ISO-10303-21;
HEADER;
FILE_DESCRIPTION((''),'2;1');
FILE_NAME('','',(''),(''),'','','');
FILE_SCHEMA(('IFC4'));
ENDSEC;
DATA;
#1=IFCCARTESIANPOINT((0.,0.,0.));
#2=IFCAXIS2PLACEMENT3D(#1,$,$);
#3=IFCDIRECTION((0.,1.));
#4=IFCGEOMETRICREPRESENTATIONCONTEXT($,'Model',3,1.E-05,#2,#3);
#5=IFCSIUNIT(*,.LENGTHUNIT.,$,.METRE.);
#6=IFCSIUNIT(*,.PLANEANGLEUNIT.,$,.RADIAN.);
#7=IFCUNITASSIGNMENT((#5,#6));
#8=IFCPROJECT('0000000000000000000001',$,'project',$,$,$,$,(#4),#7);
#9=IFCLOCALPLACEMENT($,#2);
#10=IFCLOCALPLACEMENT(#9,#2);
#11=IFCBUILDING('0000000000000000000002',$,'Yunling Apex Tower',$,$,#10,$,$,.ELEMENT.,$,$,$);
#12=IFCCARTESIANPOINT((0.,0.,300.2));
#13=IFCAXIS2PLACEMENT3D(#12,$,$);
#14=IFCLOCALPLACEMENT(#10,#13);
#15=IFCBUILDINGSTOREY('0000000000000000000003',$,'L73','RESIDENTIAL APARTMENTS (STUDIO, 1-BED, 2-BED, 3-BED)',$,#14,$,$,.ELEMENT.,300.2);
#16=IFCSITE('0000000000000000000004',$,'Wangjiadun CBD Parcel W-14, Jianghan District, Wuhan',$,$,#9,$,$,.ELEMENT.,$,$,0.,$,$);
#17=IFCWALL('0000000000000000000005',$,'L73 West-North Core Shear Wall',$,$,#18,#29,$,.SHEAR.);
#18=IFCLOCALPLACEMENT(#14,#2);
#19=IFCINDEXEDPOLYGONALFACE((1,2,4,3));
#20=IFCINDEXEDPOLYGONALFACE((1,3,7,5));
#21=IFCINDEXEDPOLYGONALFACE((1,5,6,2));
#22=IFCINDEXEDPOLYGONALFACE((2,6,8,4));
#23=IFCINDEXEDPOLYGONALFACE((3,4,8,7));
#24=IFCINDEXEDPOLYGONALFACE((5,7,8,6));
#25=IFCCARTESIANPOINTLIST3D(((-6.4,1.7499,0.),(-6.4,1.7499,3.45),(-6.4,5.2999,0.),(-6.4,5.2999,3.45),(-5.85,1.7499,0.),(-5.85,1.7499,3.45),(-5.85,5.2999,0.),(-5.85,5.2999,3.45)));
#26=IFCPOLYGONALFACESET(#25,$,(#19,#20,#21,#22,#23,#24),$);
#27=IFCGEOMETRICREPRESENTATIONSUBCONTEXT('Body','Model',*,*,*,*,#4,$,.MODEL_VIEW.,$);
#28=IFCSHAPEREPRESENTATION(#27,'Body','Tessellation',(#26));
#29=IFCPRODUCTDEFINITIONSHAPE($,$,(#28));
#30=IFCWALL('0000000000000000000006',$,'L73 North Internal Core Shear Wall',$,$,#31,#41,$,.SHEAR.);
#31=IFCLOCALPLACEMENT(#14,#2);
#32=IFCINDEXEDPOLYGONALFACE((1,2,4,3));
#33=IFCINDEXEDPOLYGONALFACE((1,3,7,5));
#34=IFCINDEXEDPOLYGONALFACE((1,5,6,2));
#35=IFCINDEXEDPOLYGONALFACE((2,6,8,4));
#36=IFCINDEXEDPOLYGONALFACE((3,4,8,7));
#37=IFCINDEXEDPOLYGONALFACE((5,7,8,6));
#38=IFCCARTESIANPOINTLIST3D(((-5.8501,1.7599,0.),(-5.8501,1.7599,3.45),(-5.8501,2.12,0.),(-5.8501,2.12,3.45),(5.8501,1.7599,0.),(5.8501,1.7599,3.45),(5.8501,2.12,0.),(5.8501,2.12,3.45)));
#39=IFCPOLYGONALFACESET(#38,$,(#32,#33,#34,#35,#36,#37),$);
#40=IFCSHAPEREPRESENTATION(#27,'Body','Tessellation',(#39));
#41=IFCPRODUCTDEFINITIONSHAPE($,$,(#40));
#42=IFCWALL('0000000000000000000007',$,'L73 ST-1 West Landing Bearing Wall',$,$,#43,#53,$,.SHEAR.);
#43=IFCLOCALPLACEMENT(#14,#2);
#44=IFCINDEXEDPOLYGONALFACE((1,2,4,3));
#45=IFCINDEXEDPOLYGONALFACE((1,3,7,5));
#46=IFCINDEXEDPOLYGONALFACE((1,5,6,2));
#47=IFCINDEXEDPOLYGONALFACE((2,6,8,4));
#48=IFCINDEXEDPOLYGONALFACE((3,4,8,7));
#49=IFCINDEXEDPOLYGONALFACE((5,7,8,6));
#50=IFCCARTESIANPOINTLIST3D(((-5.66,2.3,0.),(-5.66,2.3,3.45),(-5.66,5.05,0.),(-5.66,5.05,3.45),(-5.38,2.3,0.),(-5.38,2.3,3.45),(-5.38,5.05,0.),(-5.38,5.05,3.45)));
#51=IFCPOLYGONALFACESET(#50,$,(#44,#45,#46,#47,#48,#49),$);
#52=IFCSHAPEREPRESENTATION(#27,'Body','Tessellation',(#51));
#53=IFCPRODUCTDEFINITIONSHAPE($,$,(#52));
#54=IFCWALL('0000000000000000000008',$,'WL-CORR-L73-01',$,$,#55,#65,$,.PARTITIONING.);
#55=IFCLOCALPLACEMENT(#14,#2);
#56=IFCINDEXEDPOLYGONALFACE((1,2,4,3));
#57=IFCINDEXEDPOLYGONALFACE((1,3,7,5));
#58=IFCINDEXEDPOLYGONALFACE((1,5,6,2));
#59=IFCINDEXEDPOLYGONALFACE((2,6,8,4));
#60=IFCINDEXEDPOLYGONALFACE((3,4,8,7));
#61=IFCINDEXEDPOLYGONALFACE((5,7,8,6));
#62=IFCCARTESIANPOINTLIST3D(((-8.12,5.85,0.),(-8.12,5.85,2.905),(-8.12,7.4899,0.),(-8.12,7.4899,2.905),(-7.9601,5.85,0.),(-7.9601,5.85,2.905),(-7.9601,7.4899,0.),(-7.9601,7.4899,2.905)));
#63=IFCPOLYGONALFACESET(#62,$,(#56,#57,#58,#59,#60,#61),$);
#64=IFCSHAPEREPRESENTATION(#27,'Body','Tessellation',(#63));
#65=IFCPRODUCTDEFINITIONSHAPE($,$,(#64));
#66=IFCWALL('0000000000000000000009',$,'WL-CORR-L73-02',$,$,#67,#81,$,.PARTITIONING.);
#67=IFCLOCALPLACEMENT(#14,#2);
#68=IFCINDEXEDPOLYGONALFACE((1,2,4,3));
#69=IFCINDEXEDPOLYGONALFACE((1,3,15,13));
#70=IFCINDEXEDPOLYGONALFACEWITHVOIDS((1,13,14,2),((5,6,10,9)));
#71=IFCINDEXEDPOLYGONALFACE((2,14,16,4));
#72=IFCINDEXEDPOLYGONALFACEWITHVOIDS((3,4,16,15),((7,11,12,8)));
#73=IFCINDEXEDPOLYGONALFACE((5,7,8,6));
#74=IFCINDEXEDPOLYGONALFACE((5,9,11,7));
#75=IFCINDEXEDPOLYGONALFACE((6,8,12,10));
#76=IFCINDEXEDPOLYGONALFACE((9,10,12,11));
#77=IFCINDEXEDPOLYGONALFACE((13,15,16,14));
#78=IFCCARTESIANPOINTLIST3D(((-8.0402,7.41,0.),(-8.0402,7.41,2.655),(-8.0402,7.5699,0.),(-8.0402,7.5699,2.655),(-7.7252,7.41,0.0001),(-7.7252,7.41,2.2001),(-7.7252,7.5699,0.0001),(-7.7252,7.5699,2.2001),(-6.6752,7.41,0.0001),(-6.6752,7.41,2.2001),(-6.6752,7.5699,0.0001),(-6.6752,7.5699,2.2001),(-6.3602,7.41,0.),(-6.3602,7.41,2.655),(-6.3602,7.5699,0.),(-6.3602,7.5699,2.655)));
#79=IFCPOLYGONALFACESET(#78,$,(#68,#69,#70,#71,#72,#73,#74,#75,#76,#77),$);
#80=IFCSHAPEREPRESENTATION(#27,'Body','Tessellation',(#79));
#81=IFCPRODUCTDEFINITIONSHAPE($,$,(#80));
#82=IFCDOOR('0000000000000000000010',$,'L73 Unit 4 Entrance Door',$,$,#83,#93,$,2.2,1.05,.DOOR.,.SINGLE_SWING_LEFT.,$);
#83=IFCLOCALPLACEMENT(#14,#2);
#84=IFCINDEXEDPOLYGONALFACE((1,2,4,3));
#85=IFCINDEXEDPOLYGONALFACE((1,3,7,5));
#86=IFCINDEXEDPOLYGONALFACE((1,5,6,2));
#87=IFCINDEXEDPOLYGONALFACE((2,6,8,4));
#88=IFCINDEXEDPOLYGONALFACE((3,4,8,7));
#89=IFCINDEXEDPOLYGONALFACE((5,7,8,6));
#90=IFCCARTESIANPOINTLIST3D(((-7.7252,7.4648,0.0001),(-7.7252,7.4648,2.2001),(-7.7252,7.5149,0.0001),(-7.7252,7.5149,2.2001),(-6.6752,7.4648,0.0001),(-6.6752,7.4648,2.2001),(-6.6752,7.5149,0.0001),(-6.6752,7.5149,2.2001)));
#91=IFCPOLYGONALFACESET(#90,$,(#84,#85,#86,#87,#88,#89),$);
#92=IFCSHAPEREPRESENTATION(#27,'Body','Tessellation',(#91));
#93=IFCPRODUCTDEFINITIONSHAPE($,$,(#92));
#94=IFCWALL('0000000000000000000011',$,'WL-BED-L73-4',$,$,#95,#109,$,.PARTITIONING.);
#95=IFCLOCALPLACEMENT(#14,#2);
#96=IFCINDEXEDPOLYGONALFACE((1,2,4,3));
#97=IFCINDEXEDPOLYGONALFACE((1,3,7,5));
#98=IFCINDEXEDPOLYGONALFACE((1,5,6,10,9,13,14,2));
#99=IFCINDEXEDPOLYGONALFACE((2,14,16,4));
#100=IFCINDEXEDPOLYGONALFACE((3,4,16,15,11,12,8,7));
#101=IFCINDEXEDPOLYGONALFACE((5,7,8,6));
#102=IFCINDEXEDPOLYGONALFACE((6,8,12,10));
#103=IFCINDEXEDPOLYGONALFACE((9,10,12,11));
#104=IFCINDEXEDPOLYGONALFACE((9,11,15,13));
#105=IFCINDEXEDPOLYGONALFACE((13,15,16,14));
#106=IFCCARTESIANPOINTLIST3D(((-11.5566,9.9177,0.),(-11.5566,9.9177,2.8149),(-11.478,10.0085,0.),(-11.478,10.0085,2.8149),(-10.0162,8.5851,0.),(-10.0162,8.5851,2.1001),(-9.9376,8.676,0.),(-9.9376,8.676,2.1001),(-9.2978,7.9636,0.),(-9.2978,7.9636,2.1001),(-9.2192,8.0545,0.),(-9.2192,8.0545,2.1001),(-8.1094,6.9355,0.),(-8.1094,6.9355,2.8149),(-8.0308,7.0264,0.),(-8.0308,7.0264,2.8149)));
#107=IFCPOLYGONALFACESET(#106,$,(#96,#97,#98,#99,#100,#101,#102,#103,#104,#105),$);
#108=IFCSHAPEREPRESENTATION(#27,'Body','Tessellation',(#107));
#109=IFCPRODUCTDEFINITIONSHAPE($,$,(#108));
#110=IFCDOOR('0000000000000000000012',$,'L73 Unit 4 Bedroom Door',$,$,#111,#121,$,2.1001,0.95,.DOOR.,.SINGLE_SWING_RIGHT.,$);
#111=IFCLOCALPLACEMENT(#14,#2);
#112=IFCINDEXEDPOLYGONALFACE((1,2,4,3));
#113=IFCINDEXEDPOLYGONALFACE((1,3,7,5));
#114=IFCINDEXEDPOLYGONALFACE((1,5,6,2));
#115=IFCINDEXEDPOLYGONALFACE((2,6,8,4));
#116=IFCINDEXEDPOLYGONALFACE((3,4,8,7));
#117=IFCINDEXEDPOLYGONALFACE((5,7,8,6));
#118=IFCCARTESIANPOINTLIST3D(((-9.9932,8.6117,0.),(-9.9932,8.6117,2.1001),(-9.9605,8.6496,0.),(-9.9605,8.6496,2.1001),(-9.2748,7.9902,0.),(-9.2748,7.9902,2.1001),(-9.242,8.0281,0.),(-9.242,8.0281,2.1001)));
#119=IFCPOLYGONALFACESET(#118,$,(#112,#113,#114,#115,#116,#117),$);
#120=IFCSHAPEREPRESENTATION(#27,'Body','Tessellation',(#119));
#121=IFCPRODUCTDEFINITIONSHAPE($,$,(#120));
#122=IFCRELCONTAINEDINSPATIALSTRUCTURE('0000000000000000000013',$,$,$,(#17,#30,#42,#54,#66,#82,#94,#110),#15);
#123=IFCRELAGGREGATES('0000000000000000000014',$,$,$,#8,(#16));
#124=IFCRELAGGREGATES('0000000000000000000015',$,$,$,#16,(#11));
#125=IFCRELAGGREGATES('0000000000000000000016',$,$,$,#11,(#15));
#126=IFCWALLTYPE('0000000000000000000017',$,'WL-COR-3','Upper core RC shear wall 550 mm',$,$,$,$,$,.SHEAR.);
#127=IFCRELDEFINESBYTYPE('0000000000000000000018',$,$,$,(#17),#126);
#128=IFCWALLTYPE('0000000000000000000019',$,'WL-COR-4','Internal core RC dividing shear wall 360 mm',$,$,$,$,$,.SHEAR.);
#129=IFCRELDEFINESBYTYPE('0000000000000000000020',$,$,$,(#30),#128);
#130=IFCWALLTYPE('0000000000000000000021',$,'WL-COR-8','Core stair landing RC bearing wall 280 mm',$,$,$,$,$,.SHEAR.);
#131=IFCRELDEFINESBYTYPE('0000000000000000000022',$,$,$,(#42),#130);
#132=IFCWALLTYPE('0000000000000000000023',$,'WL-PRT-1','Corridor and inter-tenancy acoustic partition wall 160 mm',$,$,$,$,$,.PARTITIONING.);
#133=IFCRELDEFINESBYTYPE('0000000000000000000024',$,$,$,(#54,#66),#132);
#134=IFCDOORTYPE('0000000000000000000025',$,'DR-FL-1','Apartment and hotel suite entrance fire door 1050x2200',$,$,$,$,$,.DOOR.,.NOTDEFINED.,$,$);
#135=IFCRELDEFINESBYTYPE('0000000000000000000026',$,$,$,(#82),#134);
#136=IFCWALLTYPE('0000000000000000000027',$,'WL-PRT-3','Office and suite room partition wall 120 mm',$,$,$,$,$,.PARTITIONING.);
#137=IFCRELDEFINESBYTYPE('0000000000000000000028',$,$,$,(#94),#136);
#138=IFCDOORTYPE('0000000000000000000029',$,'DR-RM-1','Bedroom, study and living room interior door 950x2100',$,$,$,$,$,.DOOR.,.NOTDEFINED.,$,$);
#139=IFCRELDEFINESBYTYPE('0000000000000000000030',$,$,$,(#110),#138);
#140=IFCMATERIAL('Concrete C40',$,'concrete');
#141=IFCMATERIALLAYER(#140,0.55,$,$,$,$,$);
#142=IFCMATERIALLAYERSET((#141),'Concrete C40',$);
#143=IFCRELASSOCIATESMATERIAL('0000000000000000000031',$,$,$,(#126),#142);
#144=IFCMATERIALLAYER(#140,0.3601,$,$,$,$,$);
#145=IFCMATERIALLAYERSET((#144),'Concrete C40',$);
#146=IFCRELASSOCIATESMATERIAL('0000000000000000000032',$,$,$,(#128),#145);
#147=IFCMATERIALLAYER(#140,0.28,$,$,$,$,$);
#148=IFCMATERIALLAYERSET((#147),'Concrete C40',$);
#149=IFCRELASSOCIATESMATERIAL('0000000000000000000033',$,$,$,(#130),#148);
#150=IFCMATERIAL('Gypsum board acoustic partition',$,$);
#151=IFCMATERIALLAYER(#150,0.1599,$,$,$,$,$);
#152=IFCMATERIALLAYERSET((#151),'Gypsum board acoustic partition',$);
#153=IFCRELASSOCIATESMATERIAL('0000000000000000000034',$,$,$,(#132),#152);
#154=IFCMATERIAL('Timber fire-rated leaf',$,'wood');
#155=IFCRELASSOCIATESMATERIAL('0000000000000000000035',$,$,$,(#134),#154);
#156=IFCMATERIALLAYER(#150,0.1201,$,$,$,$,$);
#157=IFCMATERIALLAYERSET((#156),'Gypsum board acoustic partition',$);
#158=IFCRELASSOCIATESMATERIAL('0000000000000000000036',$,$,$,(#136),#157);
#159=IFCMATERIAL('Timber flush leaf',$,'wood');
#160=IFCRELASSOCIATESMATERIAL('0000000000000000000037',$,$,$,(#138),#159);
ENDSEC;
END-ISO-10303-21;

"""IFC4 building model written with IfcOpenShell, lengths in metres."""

from ifc_helpers import new_model, si_unit, direction, frame, frame_2d, origin, place, context, subcontext, project, spatial, rectangle, extrude, material, layer, layer_set, type_object, element, fill, save


model = new_model("IFC4")

# Units and contexts
model_context = context("Model", 3, precision=1e-05, world=origin(), true_north=direction((0.0, 1.0)))
body_context = subcontext(model_context, "Body", "Model", "MODEL_VIEW")
ifc_project = project(units=[si_unit("LENGTHUNIT", "METRE"), si_unit("PLANEANGLEUNIT", "RADIAN")], contexts=[model_context])

# Site, building, storey
site_placement = place(None, origin())
site = spatial("IfcSite", under=ifc_project, at=site_placement, Name="Wangjiadun CBD Parcel W-14, Jianghan District, Wuhan", CompositionType="ELEMENT", RefElevation=0.0)
building_placement = place(site_placement, origin())
building = spatial("IfcBuilding", under=site, at=building_placement, Name="Yunling Apex Tower", CompositionType="ELEMENT")
storey_placement = place(building_placement, frame((0.0, 0.0, 300.2)))
storey = spatial("IfcBuildingStorey", under=building, at=storey_placement, Name="L73", Description="RESIDENTIAL APARTMENTS (STUDIO, 1-BED, 2-BED, 3-BED)", CompositionType="ELEMENT", Elevation=300.2)

# Shared definitions
ifc_material_1 = material(Name="Concrete C40", Category="concrete")
ifc_layer_1 = layer(ifc_material_1, 0.55)
ifc_layer_set_1 = layer_set([ifc_layer_1], Name="Concrete C40")
wall_type_1 = type_object("IfcWallType", Name="WL-COR-3", Description="Upper core RC shear wall 550 mm", PredefinedType="SHEAR", material=ifc_layer_set_1)

# Walls
wall_1_placement = place(storey_placement, frame((-6.125, 1.75, 0.0), z_axis=(0.0, 0.0, 1.0), x_axis=(0.0, 1.0, 0.0)))
element("IfcWall", 1, at=wall_1_placement, inside=storey, type_object=wall_type_1, Name="L73 West-North Core Shear Wall", PredefinedType="SHEAR", context=body_context, shape_type="SweptSolid", body=[
    extrude(rectangle(XDim=3.55, YDim=0.55, at=frame_2d((1.7749, 0.0))), origin(), (0.0, 0.0, 1.0), 3.45),
])
ifc_layer_2 = layer(ifc_material_1, 0.3601)
ifc_layer_set_2 = layer_set([ifc_layer_2], Name="Concrete C40")
wall_type_2 = type_object("IfcWallType", Name="WL-COR-4", Description="Internal core RC dividing shear wall 360 mm", PredefinedType="SHEAR", material=ifc_layer_set_2)
wall_2_placement = place(storey_placement, frame((-5.8501, 1.9399, 0.0), z_axis=(0.0, 0.0, 1.0), x_axis=(1.0, 0.0, 0.0)))
element("IfcWall", 2, at=wall_2_placement, inside=storey, type_object=wall_type_2, Name="L73 North Internal Core Shear Wall", PredefinedType="SHEAR", context=body_context, shape_type="SweptSolid", body=[
    extrude(rectangle(XDim=11.7002, YDim=0.3601, at=frame_2d((5.8501, 0.0))), origin(), (0.0, 0.0, 1.0), 3.45),
])
ifc_layer_3 = layer(ifc_material_1, 0.28)
ifc_layer_set_3 = layer_set([ifc_layer_3], Name="Concrete C40")
wall_type_3 = type_object("IfcWallType", Name="WL-COR-8", Description="Core stair landing RC bearing wall 280 mm", PredefinedType="SHEAR", material=ifc_layer_set_3)
wall_3_placement = place(storey_placement, frame((-5.52, 2.3, 0.0), z_axis=(0.0, 0.0, 1.0), x_axis=(0.0, 1.0, 0.0)))
element("IfcWall", 3, at=wall_3_placement, inside=storey, type_object=wall_type_3, Name="L73 ST-1 West Landing Bearing Wall", PredefinedType="SHEAR", context=body_context, shape_type="SweptSolid", body=[
    extrude(rectangle(XDim=2.75, YDim=0.28, at=frame_2d((1.375, 0.0))), origin(), (0.0, 0.0, 1.0), 3.45),
])
ifc_material_2 = material(Name="Gypsum board acoustic partition")
ifc_layer_4 = layer(ifc_material_2, 0.1599)
ifc_layer_set_4 = layer_set([ifc_layer_4], Name="Gypsum board acoustic partition")
wall_type_4 = type_object("IfcWallType", Name="WL-PRT-1", Description="Corridor and inter-tenancy acoustic partition wall 160 mm", PredefinedType="PARTITIONING", material=ifc_layer_set_4)
wall_4_placement = place(storey_placement, frame((-8.04, 5.8501, 0.0), z_axis=(0.0, 0.0, 1.0), x_axis=(0.0, 1.0, 0.0)))
element("IfcWall", 4, at=wall_4_placement, inside=storey, type_object=wall_type_4, Name="WL-CORR-L73-01", PredefinedType="PARTITIONING", context=body_context, shape_type="SweptSolid", body=[
    extrude(rectangle(XDim=1.6399, YDim=0.1599, at=frame_2d((0.8198, 0.0))), origin(), (0.0, 0.0, 1.0), 2.905),
])

# Walls, openings, doors
wall_5_placement = place(storey_placement, frame((-8.04, 7.49, 0.0), z_axis=(0.0, 0.0, 1.0), x_axis=(1.0, 0.0, 0.0)))
wall_5 = element("IfcWall", 5, at=wall_5_placement, inside=storey, type_object=wall_type_4, Name="WL-CORR-L73-02", PredefinedType="PARTITIONING", context=body_context, shape_type="SweptSolid", body=[
    extrude(rectangle(XDim=1.6799, YDim=0.1599, at=frame_2d((0.8398, 0.0))), origin(), (0.0, 0.0, 1.0), 2.655),
])
opening_1_placement = place(wall_5_placement, frame((0.3149, 0.0, 0.0)))
opening_1 = element("IfcOpeningElement", 6, at=opening_1_placement, cuts=wall_5, PredefinedType="OPENING", context=body_context, shape_type="SweptSolid", body=[
    extrude(rectangle(XDim=1.05, YDim=2.2, at=frame_2d((0.5249, 1.1001))), frame((0.0, 0.0898, 0.0), z_axis=(0.0, -1.0, 0.0), x_axis=(1.0, 0.0, 0.0)), (0.0, 0.0, 1.0), 0.1799),
])
ifc_material_3 = material(Name="Timber fire-rated leaf", Category="wood")
door_type_1 = type_object("IfcDoorType", Name="DR-FL-1", Description="Apartment and hotel suite entrance fire door 1050x2200", OperationType="NOTDEFINED", PredefinedType="DOOR", material=ifc_material_3)
door_1_placement = place(opening_1_placement, origin())
door_1 = element("IfcDoor", 7, at=door_1_placement, inside=storey, type_object=door_type_1, Name="L73 Unit 4 Entrance Door", OperationType="SINGLE_SWING_LEFT", OverallHeight=2.2, OverallWidth=1.05, PredefinedType="DOOR", context=body_context, shape_type="SweptSolid", body=[
    extrude(rectangle(XDim=1.05, YDim=2.2, at=frame_2d((0.5249, 1.1001))), frame((0.0, 0.0249, 0.0), z_axis=(0.0, -1.0, 0.0), x_axis=(1.0, 0.0, 0.0)), (0.0, 0.0, 1.0), 0.05),
])
fill(opening_1, door_1)
ifc_layer_5 = layer(ifc_material_2, 0.1201)
ifc_layer_set_5 = layer_set([ifc_layer_5], Name="Gypsum board acoustic partition")
wall_type_5 = type_object("IfcWallType", Name="WL-PRT-3", Description="Office and suite room partition wall 120 mm", PredefinedType="PARTITIONING", material=ifc_layer_set_5)
wall_6_placement = place(storey_placement, frame((-8.0701, 6.981, 0.0), z_axis=(0.0, 0.0, 1.0), x_axis=(-0.756281, 0.654247, 0.0)))
wall_6 = element("IfcWall", 8, at=wall_6_placement, inside=storey, type_object=wall_type_5, Name="WL-BED-L73-4", PredefinedType="PARTITIONING", context=body_context, shape_type="SweptSolid", body=[
    extrude(rectangle(XDim=4.5581, YDim=0.1201, at=frame_2d((2.2791, 0.0))), origin(), (0.0, 0.0, 1.0), 2.8149),
])
opening_2_placement = place(wall_6_placement, frame((1.5713, 0.0, 0.0)))
opening_2 = element("IfcOpeningElement", 9, at=opening_2_placement, cuts=wall_6, PredefinedType="OPENING", context=body_context, shape_type="SweptSolid", body=[
    extrude(rectangle(XDim=0.95, YDim=2.1001, at=frame_2d((0.4751, 1.05))), frame((0.0, 0.0701, 0.0), z_axis=(0.0, -1.0, 0.0), x_axis=(1.0, 0.0, 0.0)), (0.0, 0.0, 1.0), 0.1401),
])
ifc_material_4 = material(Name="Timber flush leaf", Category="wood")
door_type_2 = type_object("IfcDoorType", Name="DR-RM-1", Description="Bedroom, study and living room interior door 950x2100", OperationType="NOTDEFINED", PredefinedType="DOOR", material=ifc_material_4)
door_2_placement = place(opening_2_placement, origin())
door_2 = element("IfcDoor", 10, at=door_2_placement, inside=storey, type_object=door_type_2, Name="L73 Unit 4 Bedroom Door", OperationType="SINGLE_SWING_RIGHT", OverallHeight=2.1001, OverallWidth=0.95, PredefinedType="DOOR", context=body_context, shape_type="SweptSolid", body=[
    extrude(rectangle(XDim=0.95, YDim=2.1001, at=frame_2d((0.4751, 1.05))), frame((0.0, 0.0249, 0.0), z_axis=(0.0, -1.0, 0.0), x_axis=(1.0, 0.0, 0.0)), (0.0, 0.0, 1.0), 0.05),
])
fill(opening_2, door_2)

save(model, "model.ifc")
